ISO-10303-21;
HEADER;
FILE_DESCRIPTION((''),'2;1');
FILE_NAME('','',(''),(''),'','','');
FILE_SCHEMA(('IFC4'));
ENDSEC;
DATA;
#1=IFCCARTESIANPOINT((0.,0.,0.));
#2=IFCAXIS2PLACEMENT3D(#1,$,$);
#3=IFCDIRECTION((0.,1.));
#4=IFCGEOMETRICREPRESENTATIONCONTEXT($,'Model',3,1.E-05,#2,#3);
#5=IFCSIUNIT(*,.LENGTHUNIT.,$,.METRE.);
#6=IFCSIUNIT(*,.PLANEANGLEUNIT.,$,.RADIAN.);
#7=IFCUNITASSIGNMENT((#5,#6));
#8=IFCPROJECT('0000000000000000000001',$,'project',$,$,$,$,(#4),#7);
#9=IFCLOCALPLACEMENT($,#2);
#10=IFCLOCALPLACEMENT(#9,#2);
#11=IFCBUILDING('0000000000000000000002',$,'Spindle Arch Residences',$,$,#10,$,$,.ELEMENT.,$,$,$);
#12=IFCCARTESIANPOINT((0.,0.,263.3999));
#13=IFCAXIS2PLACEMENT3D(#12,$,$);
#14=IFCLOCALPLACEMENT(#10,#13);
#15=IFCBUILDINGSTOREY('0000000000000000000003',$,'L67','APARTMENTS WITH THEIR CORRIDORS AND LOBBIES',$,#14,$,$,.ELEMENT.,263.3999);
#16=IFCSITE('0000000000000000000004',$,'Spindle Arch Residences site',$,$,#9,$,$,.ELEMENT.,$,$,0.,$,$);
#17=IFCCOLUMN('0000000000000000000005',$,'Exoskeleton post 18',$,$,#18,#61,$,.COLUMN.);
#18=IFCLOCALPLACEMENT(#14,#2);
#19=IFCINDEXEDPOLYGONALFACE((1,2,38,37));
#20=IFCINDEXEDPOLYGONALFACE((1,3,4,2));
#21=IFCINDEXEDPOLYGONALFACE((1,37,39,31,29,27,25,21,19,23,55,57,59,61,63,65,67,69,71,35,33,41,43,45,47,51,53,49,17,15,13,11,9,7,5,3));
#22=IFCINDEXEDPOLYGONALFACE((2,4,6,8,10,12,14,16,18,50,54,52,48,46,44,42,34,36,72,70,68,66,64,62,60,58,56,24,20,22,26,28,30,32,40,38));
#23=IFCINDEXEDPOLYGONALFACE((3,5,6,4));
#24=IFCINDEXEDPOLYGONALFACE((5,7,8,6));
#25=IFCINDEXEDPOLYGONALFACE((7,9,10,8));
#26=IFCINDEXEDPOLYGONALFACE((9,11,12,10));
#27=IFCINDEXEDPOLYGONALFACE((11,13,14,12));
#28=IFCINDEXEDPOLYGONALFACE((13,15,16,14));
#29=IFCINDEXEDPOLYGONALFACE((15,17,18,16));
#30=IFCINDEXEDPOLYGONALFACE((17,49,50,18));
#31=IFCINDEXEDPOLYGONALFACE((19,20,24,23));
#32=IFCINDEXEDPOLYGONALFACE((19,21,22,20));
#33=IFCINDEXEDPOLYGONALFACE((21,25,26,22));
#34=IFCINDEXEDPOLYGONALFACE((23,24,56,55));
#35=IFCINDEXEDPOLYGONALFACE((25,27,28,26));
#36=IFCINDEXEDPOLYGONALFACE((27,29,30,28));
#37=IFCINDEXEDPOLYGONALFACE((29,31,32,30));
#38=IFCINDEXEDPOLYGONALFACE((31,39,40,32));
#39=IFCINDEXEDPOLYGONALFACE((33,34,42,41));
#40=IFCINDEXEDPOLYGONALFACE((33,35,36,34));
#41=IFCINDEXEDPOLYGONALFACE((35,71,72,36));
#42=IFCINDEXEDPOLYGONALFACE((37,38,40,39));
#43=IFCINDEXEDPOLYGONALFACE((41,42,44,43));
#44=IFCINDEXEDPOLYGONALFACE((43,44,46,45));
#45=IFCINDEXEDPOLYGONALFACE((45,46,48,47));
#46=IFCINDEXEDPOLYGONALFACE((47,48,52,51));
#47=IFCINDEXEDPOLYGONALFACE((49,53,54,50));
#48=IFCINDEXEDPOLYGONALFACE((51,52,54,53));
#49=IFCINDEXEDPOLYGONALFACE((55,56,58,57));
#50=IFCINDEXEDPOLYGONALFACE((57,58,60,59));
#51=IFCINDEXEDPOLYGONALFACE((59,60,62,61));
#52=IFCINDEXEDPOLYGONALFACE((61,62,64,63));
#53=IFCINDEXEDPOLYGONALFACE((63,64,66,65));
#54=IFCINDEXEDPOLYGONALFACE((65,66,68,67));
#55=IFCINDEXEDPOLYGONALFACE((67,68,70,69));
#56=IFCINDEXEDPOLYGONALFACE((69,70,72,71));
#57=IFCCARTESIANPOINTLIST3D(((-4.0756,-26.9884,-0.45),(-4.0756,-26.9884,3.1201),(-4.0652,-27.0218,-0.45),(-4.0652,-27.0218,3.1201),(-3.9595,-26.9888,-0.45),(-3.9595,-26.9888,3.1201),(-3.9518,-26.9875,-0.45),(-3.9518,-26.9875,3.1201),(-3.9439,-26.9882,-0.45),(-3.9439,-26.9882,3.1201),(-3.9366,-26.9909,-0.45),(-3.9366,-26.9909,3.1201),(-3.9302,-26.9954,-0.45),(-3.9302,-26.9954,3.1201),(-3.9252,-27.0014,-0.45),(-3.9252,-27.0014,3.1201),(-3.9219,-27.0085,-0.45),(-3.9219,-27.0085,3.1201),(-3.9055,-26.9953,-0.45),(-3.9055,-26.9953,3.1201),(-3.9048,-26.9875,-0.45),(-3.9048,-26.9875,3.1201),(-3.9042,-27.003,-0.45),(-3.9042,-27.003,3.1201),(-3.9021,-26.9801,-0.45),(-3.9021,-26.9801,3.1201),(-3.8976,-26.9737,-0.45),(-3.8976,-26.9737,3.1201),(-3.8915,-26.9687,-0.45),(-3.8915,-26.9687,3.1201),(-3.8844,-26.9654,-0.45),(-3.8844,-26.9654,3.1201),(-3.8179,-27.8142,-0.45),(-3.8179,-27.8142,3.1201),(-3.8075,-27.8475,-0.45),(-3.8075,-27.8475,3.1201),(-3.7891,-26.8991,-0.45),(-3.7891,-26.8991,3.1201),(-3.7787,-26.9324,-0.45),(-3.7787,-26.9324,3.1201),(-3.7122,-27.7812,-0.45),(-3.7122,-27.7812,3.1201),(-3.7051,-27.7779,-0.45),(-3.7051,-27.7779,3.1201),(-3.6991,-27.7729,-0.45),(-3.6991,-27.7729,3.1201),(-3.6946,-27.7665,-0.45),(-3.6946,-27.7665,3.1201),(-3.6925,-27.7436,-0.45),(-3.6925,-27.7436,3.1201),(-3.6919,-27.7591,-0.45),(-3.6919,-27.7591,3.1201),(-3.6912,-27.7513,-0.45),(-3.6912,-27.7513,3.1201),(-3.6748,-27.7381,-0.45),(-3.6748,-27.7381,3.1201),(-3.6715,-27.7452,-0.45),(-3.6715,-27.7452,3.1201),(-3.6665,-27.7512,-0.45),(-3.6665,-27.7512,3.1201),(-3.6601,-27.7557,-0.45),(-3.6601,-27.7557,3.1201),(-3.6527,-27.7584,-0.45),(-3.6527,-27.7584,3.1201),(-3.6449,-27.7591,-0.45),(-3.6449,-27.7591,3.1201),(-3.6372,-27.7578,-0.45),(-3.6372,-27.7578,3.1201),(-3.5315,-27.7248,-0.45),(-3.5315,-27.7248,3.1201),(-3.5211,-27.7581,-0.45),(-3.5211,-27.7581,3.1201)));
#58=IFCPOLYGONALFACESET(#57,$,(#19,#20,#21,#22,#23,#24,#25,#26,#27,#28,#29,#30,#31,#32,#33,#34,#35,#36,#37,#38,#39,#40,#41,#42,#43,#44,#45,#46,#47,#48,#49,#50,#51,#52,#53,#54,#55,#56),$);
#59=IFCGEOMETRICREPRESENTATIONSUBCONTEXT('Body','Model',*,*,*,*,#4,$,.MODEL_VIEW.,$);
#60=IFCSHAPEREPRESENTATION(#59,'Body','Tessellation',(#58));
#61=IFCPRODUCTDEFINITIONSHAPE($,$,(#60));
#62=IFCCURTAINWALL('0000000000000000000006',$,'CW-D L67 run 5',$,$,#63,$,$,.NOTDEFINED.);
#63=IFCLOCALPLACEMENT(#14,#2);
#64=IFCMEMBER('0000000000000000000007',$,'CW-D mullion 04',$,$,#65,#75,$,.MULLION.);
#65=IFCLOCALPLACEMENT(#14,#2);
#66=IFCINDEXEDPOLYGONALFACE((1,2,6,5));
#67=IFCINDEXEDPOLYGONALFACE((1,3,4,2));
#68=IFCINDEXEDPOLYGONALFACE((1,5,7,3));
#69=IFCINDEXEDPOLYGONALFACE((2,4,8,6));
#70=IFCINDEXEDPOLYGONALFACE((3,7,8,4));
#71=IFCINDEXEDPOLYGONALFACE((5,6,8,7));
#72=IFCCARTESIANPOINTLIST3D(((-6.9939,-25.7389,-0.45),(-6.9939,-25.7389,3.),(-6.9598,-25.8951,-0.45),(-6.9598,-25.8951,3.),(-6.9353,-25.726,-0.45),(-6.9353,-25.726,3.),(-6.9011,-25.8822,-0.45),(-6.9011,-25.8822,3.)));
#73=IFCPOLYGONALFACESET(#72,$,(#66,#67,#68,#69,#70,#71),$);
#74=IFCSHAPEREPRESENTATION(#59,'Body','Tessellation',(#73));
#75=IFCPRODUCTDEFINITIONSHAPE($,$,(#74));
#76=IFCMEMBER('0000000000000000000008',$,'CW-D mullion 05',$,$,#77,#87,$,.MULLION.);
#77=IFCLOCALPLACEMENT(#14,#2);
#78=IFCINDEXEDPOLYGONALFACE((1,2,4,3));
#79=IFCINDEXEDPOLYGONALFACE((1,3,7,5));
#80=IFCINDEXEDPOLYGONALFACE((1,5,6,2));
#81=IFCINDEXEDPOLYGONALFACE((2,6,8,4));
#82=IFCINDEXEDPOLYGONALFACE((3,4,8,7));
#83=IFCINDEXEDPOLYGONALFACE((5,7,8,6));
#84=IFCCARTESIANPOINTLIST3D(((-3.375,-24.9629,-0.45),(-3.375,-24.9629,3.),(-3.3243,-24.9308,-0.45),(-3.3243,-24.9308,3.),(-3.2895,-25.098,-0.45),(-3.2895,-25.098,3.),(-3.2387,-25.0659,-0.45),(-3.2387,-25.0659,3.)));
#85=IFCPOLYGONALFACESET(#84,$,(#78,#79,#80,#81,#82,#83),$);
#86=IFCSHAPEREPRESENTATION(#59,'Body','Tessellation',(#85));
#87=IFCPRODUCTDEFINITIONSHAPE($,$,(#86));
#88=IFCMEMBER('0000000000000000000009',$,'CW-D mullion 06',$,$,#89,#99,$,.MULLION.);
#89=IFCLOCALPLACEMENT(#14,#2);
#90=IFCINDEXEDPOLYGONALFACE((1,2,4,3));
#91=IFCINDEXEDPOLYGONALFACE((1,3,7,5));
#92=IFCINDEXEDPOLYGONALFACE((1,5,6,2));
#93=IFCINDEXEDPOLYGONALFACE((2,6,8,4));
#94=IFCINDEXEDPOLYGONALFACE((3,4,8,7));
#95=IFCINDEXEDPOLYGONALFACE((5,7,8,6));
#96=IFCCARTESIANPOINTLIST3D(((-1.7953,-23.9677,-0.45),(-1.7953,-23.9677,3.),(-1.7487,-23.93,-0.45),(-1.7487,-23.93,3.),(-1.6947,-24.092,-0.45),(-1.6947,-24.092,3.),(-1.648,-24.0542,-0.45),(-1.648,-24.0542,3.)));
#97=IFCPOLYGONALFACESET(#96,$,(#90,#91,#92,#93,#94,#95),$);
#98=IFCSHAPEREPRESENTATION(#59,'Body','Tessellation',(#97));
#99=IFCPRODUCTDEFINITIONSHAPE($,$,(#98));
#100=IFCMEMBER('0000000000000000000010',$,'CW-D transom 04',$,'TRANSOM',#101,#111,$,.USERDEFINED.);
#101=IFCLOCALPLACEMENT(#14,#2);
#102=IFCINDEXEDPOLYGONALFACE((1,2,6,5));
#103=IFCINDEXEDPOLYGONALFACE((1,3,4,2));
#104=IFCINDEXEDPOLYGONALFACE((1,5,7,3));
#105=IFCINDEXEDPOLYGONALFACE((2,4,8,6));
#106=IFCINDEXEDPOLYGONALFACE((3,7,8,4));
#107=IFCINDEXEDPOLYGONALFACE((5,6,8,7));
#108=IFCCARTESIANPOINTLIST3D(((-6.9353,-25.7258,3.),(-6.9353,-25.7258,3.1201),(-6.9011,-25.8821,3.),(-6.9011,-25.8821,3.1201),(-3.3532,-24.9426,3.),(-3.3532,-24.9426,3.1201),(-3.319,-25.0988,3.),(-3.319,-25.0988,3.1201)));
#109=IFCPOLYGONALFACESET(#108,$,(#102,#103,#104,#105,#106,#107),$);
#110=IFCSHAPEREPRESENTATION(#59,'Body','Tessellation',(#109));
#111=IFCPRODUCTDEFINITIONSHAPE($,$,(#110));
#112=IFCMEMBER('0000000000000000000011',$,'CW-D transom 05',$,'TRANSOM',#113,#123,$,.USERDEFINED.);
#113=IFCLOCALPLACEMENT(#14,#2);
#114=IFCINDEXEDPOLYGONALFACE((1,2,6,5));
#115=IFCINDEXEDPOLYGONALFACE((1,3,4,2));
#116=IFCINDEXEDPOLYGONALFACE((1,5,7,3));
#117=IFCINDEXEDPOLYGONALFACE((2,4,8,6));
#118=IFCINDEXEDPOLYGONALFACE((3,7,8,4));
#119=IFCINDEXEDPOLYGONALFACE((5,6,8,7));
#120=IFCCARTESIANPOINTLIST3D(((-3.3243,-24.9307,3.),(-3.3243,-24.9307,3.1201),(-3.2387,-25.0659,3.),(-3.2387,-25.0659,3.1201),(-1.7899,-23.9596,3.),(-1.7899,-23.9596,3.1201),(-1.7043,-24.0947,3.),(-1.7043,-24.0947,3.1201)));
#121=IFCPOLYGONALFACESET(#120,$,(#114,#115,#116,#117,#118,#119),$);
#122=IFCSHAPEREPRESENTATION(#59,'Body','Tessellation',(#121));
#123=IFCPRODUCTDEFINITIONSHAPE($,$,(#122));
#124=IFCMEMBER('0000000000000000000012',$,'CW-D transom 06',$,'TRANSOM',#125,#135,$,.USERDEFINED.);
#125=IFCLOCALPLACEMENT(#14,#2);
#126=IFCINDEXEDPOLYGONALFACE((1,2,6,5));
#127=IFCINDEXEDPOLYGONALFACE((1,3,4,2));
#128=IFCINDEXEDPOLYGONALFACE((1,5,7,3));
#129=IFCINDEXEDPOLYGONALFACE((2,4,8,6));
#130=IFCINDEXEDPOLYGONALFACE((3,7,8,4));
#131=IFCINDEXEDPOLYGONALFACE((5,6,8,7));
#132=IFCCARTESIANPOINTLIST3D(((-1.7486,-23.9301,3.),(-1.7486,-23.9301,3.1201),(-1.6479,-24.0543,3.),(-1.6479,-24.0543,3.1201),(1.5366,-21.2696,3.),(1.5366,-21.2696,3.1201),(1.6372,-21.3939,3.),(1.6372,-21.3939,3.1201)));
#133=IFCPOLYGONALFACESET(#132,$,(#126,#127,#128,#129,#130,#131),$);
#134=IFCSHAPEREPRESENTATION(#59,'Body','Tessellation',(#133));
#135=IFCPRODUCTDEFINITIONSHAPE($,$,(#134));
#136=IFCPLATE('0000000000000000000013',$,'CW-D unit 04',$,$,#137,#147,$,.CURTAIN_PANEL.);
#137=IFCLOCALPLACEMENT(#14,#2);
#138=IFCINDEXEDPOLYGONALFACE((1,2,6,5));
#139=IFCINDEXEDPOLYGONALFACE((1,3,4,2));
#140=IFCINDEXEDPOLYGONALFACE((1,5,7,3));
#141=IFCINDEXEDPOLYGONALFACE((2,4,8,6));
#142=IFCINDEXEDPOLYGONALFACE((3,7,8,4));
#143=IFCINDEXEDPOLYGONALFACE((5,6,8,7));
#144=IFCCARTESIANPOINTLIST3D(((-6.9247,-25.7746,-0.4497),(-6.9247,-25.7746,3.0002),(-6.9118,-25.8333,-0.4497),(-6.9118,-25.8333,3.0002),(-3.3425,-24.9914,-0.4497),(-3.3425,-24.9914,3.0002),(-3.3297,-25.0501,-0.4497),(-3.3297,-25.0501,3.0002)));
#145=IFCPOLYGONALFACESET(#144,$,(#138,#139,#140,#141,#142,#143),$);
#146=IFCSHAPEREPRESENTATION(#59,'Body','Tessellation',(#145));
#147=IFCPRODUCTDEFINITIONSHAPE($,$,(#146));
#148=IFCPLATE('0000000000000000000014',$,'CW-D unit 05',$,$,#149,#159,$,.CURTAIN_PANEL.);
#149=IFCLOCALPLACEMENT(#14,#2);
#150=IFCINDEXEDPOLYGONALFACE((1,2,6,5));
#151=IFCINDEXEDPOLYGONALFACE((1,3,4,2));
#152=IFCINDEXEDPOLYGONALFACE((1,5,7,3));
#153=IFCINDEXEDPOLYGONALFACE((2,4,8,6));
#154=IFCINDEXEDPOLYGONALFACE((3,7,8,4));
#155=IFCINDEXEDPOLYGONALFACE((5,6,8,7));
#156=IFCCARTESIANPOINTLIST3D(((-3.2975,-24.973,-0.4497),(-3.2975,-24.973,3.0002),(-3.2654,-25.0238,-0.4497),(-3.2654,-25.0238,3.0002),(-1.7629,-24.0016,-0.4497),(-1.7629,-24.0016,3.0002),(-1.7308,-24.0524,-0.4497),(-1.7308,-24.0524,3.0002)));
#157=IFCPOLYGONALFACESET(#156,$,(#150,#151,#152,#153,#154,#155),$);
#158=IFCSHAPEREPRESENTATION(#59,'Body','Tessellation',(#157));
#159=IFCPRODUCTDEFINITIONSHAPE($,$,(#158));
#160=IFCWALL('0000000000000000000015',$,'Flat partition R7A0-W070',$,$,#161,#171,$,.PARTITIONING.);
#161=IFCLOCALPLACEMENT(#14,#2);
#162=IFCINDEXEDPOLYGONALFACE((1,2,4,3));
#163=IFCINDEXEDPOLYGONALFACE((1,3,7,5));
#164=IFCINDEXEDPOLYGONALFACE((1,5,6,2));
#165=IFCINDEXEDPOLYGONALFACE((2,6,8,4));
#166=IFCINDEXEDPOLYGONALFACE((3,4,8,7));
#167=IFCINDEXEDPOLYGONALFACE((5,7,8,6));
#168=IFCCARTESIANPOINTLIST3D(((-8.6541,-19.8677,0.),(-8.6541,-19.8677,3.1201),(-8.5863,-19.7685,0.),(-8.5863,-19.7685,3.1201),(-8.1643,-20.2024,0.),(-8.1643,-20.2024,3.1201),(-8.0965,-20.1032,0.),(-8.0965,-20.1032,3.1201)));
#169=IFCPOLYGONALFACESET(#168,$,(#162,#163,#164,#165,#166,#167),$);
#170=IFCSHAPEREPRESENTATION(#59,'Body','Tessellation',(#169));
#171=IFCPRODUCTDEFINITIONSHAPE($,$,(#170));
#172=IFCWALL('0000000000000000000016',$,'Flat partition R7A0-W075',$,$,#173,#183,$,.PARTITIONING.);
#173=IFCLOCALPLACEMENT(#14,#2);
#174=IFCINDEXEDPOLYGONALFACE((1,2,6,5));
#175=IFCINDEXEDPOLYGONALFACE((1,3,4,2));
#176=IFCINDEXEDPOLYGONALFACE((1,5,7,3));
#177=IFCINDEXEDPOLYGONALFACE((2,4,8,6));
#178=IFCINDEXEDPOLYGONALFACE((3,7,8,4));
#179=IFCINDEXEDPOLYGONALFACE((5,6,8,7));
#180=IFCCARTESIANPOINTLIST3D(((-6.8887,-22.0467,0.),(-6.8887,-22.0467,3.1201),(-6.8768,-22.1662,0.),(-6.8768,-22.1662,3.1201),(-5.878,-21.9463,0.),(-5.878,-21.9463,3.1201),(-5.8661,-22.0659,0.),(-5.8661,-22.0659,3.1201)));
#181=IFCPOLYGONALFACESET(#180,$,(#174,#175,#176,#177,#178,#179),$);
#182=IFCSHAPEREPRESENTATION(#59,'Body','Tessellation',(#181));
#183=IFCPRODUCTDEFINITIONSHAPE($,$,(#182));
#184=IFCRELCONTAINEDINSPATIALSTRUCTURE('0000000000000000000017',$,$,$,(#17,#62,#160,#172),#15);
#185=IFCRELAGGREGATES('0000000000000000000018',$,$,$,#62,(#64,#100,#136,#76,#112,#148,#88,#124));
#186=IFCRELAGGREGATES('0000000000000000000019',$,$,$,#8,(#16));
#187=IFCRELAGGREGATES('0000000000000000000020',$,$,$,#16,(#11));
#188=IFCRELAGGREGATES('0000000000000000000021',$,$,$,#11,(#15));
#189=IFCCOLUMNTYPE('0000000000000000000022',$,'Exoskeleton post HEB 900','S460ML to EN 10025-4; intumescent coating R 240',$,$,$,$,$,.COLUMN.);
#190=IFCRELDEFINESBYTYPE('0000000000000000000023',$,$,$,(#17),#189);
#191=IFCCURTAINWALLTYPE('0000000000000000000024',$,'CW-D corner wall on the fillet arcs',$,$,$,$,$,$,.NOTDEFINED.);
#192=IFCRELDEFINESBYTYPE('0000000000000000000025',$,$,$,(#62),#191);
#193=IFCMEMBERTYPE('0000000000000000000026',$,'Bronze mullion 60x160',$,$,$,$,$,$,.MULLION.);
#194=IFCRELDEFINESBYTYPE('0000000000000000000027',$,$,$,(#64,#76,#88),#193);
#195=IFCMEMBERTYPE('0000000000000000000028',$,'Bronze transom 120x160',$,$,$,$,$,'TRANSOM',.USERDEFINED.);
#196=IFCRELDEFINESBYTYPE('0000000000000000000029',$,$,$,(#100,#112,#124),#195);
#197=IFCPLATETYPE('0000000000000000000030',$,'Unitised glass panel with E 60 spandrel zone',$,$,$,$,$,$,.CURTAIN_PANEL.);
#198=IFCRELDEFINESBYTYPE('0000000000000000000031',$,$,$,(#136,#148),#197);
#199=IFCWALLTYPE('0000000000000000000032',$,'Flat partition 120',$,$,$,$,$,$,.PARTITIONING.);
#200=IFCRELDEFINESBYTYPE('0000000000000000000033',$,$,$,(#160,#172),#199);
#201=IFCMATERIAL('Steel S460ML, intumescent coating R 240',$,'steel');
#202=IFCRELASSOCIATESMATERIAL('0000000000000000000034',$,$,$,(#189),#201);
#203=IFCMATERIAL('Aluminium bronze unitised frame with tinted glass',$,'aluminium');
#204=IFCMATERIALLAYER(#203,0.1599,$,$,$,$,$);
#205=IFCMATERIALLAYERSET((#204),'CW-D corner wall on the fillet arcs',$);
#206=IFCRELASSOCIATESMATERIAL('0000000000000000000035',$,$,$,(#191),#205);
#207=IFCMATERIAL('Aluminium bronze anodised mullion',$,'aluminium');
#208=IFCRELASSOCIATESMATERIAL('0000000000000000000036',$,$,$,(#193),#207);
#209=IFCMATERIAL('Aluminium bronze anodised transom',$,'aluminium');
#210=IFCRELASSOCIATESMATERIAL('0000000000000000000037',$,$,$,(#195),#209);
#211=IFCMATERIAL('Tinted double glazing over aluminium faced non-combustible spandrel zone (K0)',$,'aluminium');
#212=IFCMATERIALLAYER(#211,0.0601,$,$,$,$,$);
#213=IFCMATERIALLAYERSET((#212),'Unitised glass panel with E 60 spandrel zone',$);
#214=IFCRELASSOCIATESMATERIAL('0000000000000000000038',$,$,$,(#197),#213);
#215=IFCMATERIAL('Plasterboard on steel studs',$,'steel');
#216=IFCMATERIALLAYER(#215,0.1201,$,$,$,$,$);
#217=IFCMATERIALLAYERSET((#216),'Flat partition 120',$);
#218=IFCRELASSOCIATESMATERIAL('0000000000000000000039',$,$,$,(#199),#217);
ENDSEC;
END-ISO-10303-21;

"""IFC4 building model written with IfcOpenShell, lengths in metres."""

from ifc_helpers import new_model, si_unit, direction, frame, frame_2d, origin, origin_2d, place, context, subcontext, project, spatial, rectangle, i_section, extrude, material, layer, layer_set, material_profile, profile_set, type_object, element, aggregate, save


model = new_model("IFC4")

# Units and contexts
model_context = context("Model", 3, precision=1e-05, world=origin(), true_north=direction((0.0, 1.0)))
body_context = subcontext(model_context, "Body", "Model", "MODEL_VIEW")
ifc_project = project(units=[si_unit("LENGTHUNIT", "METRE"), si_unit("PLANEANGLEUNIT", "RADIAN")], contexts=[model_context])

# Site, building, storey
site_placement = place(None, origin())
site = spatial("IfcSite", under=ifc_project, at=site_placement, Name="Spindle Arch Residences site", CompositionType="ELEMENT", RefElevation=0.0)
building_placement = place(site_placement, origin())
building = spatial("IfcBuilding", under=site, at=building_placement, Name="Spindle Arch Residences", CompositionType="ELEMENT")
storey_placement = place(building_placement, frame((0.0, 0.0, 263.3999)))
storey = spatial("IfcBuildingStorey", under=building, at=storey_placement, Name="L67", Description="APARTMENTS WITH THEIR CORRIDORS AND LOBBIES", CompositionType="ELEMENT", Elevation=263.3999)

# Column
ifc_material_1 = material(Name="Steel S460ML, intumescent coating R 240", Category="steel")
ifc_material_profile_1 = material_profile(ifc_material_1, i_section(OverallWidth=0.3, OverallDepth=0.8999, WebThickness=0.0186, FlangeThickness=0.0349, FilletRadius=0.03, at=origin_2d()), Name="HEB 900")
ifc_profile_set_1 = profile_set([ifc_material_profile_1], Name="Steel S460ML, intumescent coating R 240")
column_type = type_object("IfcColumnType", Name="Exoskeleton post HEB 900", Description="S460ML to EN 10025-4; intumescent coating R 240", PredefinedType="COLUMN", material=ifc_profile_set_1)
column_placement = place(storey_placement, frame((-3.7983, -27.3733, -0.45), z_axis=(0.0, 0.0, 1.0), x_axis=(-0.954617, -0.297835, 0.0)))
element("IfcColumn", 1, at=column_placement, inside=storey, type_object=column_type, Name="Exoskeleton post 18", PredefinedType="COLUMN", context=body_context, shape_type="SweptSolid", body=[
    extrude(i_section(OverallWidth=0.3, OverallDepth=0.8999, WebThickness=0.0186, FlangeThickness=0.0349, FilletRadius=0.03, at=origin_2d()), origin(), (0.0, 0.0, 1.0), 3.5701),
])

# Curtain wall, members, plates
ifc_material_2 = material(Name="Aluminium bronze unitised frame with tinted glass", Category="aluminium")
ifc_layer_1 = layer(ifc_material_2, 0.1599)
ifc_layer_set_1 = layer_set([ifc_layer_1], Name="CW-D corner wall on the fillet arcs")
curtain_wall_type = type_object("IfcCurtainWallType", Name="CW-D corner wall on the fillet arcs", PredefinedType="NOTDEFINED", material=ifc_layer_set_1)
curtain_wall_placement = place(storey_placement, origin())
curtain_wall = element("IfcCurtainWall", 2, at=curtain_wall_placement, inside=storey, type_object=curtain_wall_type, Name="CW-D L67 run 5", PredefinedType="NOTDEFINED")
ifc_material_3 = material(Name="Aluminium bronze anodised mullion", Category="aluminium")
ifc_material_profile_2 = material_profile(ifc_material_3, rectangle(XDim=0.1599, YDim=0.0601, at=origin_2d()), Name="MU 60x160")
ifc_profile_set_2 = profile_set([ifc_material_profile_2], Name="Aluminium bronze anodised mullion")
member_type_1 = type_object("IfcMemberType", Name="Bronze mullion 60x160", PredefinedType="MULLION", material=ifc_profile_set_2)
member_1_placement = place(storey_placement, frame((-6.9475, -25.8105, -0.45), z_axis=(0.0, 0.0, 1.0), x_axis=(-0.213599, 0.976921, 0.0)))
member_1 = element("IfcMember", 3, at=member_1_placement, type_object=member_type_1, Name="CW-D mullion 04", PredefinedType="MULLION", context=body_context, shape_type="SweptSolid", body=[
    extrude(rectangle(XDim=0.1599, YDim=0.0601, at=origin_2d()), origin(), (0.0, 0.0, 1.0), 3.45),
])
member_2_placement = place(storey_placement, frame((-3.3069, -25.0144, -0.45), z_axis=(0.0, 0.0, 1.0), x_axis=(-0.534844, 0.844951, 0.0)))
member_2 = element("IfcMember", 4, at=member_2_placement, type_object=member_type_1, Name="CW-D mullion 05", PredefinedType="MULLION", context=body_context, shape_type="SweptSolid", body=[
    extrude(rectangle(XDim=0.1599, YDim=0.0601, at=origin_2d()), origin(), (0.0, 0.0, 1.0), 3.45),
])
member_3_placement = place(storey_placement, frame((-1.7217, -24.011, -0.45), z_axis=(0.0, 0.0, 1.0), x_axis=(-0.62932, 0.777146, 0.0)))
member_3 = element("IfcMember", 5, at=member_3_placement, type_object=member_type_1, Name="CW-D mullion 06", PredefinedType="MULLION", context=body_context, shape_type="SweptSolid", body=[
    extrude(rectangle(XDim=0.1599, YDim=0.0601, at=origin_2d()), origin(), (0.0, 0.0, 1.0), 3.45),
])
ifc_material_4 = material(Name="Aluminium bronze anodised transom", Category="aluminium")
ifc_material_profile_3 = material_profile(ifc_material_4, rectangle(XDim=0.1599, YDim=0.1201, at=origin_2d()), Name="TR 120x160")
ifc_profile_set_3 = profile_set([ifc_material_profile_3], Name="Aluminium bronze anodised transom")
member_type_2 = type_object("IfcMemberType", Name="Bronze transom 120x160", ElementType="TRANSOM", PredefinedType="USERDEFINED", material=ifc_profile_set_3)
member_4_placement = place(storey_placement, frame((-6.9182, -25.804, 3.0601), z_axis=(0.976921, 0.213602, 0.0), x_axis=(-0.213602, 0.976921, 0.0)))
member_4 = element("IfcMember", 6, at=member_4_placement, type_object=member_type_2, Name="CW-D transom 04", ObjectType="TRANSOM", PredefinedType="USERDEFINED", context=body_context, shape_type="SweptSolid", body=[
    extrude(rectangle(XDim=0.1599, YDim=0.1201, at=origin_2d()), origin(), (0.0, 0.0, 1.0), 3.6667),
])
member_5_placement = place(storey_placement, frame((-3.2815, -24.9983, 3.0601), z_axis=(0.844971, 0.534812, 0.0), x_axis=(-0.534812, 0.844971, 0.0)))
member_5 = element("IfcMember", 7, at=member_5_placement, type_object=member_type_2, Name="CW-D transom 05", ObjectType="TRANSOM", PredefinedType="USERDEFINED", context=body_context, shape_type="SweptSolid", body=[
    extrude(rectangle(XDim=0.1599, YDim=0.1201, at=origin_2d()), origin(), (0.0, 0.0, 1.0), 1.8159),
])
member_6_placement = place(storey_placement, frame((-1.6982, -23.9922, 3.0601), z_axis=(0.777131, 0.629339, 0.0), x_axis=(-0.629339, 0.777131, 0.0)))
member_6 = element("IfcMember", 8, at=member_6_placement, type_object=member_type_2, Name="CW-D transom 06", ObjectType="TRANSOM", PredefinedType="USERDEFINED", context=body_context, shape_type="SweptSolid", body=[
    extrude(rectangle(XDim=0.1599, YDim=0.1201, at=origin_2d()), origin(), (0.0, 0.0, 1.0), 4.2273),
])
ifc_material_5 = material(Name="Tinted double glazing over aluminium faced non-combustible spandrel zone (K0)", Category="aluminium")
ifc_layer_2 = layer(ifc_material_5, 0.0601)
ifc_layer_set_2 = layer_set([ifc_layer_2], Name="Unitised glass panel with E 60 spandrel zone")
plate_type = type_object("IfcPlateType", Name="Unitised glass panel with E 60 spandrel zone", PredefinedType="CURTAIN_PANEL", material=ifc_layer_set_2)
plate_1_placement = place(storey_placement, frame((-5.1272, -25.4124, -0.4497), z_axis=(0.0, 0.0, 1.0), x_axis=(0.976921, 0.213599, 0.0)))
plate_1 = element("IfcPlate", 9, at=plate_1_placement, type_object=plate_type, Name="CW-D unit 04", PredefinedType="CURTAIN_PANEL", context=body_context, shape_type="SweptSolid", body=[
    extrude(rectangle(XDim=3.6667, YDim=0.0601, at=origin_2d()), origin(), (0.0, 0.0, 1.0), 3.45),
])
plate_2_placement = place(storey_placement, frame((-2.5142, -24.5127, -0.4497), z_axis=(0.0, 0.0, 1.0), x_axis=(0.844951, 0.534844, 0.0)))
plate_2 = element("IfcPlate", 10, at=plate_2_placement, type_object=plate_type, Name="CW-D unit 05", PredefinedType="CURTAIN_PANEL", context=body_context, shape_type="SweptSolid", body=[
    extrude(rectangle(XDim=1.8162, YDim=0.0601, at=origin_2d()), origin(), (0.0, 0.0, 1.0), 3.45),
])
aggregate(curtain_wall, [member_1, member_4, plate_1, member_2, member_5, plate_2, member_3, member_6])

# Walls
ifc_material_6 = material(Name="Plasterboard on steel studs", Category="steel")
ifc_layer_3 = layer(ifc_material_6, 0.1201)
ifc_layer_set_3 = layer_set([ifc_layer_3], Name="Flat partition 120")
wall_type_1 = type_object("IfcWallType", Name="Flat partition 120", PredefinedType="PARTITIONING", material=ifc_layer_set_3)
wall_1_placement = place(storey_placement, frame((-8.1304, -20.1528, 0.0), z_axis=(0.0, 0.0, 1.0), x_axis=(-0.8256, 0.564256, 0.0)))
element("IfcWall", 11, at=wall_1_placement, inside=storey, type_object=wall_type_1, Name="Flat partition R7A0-W070", PredefinedType="PARTITIONING", context=body_context, shape_type="SweptSolid", body=[
    extrude(rectangle(XDim=0.5933, YDim=0.1201, at=frame_2d((0.2966, 0.0))), origin(), (0.0, 0.0, 1.0), 3.1201),
])
wall_2_placement = place(storey_placement, frame((-5.8721, -22.0061, 0.0), z_axis=(0.0, 0.0, 1.0), x_axis=(-0.995108, -0.09879, 0.0)))
element("IfcWall", 12, at=wall_2_placement, inside=storey, type_object=wall_type_1, Name="Flat partition R7A0-W075", PredefinedType="PARTITIONING", context=body_context, shape_type="SweptSolid", body=[
    extrude(rectangle(XDim=1.0156, YDim=0.1201, at=frame_2d((0.5078, 0.0))), origin(), (0.0, 0.0, 1.0), 3.1201),
])

save(model, "model.ifc")
